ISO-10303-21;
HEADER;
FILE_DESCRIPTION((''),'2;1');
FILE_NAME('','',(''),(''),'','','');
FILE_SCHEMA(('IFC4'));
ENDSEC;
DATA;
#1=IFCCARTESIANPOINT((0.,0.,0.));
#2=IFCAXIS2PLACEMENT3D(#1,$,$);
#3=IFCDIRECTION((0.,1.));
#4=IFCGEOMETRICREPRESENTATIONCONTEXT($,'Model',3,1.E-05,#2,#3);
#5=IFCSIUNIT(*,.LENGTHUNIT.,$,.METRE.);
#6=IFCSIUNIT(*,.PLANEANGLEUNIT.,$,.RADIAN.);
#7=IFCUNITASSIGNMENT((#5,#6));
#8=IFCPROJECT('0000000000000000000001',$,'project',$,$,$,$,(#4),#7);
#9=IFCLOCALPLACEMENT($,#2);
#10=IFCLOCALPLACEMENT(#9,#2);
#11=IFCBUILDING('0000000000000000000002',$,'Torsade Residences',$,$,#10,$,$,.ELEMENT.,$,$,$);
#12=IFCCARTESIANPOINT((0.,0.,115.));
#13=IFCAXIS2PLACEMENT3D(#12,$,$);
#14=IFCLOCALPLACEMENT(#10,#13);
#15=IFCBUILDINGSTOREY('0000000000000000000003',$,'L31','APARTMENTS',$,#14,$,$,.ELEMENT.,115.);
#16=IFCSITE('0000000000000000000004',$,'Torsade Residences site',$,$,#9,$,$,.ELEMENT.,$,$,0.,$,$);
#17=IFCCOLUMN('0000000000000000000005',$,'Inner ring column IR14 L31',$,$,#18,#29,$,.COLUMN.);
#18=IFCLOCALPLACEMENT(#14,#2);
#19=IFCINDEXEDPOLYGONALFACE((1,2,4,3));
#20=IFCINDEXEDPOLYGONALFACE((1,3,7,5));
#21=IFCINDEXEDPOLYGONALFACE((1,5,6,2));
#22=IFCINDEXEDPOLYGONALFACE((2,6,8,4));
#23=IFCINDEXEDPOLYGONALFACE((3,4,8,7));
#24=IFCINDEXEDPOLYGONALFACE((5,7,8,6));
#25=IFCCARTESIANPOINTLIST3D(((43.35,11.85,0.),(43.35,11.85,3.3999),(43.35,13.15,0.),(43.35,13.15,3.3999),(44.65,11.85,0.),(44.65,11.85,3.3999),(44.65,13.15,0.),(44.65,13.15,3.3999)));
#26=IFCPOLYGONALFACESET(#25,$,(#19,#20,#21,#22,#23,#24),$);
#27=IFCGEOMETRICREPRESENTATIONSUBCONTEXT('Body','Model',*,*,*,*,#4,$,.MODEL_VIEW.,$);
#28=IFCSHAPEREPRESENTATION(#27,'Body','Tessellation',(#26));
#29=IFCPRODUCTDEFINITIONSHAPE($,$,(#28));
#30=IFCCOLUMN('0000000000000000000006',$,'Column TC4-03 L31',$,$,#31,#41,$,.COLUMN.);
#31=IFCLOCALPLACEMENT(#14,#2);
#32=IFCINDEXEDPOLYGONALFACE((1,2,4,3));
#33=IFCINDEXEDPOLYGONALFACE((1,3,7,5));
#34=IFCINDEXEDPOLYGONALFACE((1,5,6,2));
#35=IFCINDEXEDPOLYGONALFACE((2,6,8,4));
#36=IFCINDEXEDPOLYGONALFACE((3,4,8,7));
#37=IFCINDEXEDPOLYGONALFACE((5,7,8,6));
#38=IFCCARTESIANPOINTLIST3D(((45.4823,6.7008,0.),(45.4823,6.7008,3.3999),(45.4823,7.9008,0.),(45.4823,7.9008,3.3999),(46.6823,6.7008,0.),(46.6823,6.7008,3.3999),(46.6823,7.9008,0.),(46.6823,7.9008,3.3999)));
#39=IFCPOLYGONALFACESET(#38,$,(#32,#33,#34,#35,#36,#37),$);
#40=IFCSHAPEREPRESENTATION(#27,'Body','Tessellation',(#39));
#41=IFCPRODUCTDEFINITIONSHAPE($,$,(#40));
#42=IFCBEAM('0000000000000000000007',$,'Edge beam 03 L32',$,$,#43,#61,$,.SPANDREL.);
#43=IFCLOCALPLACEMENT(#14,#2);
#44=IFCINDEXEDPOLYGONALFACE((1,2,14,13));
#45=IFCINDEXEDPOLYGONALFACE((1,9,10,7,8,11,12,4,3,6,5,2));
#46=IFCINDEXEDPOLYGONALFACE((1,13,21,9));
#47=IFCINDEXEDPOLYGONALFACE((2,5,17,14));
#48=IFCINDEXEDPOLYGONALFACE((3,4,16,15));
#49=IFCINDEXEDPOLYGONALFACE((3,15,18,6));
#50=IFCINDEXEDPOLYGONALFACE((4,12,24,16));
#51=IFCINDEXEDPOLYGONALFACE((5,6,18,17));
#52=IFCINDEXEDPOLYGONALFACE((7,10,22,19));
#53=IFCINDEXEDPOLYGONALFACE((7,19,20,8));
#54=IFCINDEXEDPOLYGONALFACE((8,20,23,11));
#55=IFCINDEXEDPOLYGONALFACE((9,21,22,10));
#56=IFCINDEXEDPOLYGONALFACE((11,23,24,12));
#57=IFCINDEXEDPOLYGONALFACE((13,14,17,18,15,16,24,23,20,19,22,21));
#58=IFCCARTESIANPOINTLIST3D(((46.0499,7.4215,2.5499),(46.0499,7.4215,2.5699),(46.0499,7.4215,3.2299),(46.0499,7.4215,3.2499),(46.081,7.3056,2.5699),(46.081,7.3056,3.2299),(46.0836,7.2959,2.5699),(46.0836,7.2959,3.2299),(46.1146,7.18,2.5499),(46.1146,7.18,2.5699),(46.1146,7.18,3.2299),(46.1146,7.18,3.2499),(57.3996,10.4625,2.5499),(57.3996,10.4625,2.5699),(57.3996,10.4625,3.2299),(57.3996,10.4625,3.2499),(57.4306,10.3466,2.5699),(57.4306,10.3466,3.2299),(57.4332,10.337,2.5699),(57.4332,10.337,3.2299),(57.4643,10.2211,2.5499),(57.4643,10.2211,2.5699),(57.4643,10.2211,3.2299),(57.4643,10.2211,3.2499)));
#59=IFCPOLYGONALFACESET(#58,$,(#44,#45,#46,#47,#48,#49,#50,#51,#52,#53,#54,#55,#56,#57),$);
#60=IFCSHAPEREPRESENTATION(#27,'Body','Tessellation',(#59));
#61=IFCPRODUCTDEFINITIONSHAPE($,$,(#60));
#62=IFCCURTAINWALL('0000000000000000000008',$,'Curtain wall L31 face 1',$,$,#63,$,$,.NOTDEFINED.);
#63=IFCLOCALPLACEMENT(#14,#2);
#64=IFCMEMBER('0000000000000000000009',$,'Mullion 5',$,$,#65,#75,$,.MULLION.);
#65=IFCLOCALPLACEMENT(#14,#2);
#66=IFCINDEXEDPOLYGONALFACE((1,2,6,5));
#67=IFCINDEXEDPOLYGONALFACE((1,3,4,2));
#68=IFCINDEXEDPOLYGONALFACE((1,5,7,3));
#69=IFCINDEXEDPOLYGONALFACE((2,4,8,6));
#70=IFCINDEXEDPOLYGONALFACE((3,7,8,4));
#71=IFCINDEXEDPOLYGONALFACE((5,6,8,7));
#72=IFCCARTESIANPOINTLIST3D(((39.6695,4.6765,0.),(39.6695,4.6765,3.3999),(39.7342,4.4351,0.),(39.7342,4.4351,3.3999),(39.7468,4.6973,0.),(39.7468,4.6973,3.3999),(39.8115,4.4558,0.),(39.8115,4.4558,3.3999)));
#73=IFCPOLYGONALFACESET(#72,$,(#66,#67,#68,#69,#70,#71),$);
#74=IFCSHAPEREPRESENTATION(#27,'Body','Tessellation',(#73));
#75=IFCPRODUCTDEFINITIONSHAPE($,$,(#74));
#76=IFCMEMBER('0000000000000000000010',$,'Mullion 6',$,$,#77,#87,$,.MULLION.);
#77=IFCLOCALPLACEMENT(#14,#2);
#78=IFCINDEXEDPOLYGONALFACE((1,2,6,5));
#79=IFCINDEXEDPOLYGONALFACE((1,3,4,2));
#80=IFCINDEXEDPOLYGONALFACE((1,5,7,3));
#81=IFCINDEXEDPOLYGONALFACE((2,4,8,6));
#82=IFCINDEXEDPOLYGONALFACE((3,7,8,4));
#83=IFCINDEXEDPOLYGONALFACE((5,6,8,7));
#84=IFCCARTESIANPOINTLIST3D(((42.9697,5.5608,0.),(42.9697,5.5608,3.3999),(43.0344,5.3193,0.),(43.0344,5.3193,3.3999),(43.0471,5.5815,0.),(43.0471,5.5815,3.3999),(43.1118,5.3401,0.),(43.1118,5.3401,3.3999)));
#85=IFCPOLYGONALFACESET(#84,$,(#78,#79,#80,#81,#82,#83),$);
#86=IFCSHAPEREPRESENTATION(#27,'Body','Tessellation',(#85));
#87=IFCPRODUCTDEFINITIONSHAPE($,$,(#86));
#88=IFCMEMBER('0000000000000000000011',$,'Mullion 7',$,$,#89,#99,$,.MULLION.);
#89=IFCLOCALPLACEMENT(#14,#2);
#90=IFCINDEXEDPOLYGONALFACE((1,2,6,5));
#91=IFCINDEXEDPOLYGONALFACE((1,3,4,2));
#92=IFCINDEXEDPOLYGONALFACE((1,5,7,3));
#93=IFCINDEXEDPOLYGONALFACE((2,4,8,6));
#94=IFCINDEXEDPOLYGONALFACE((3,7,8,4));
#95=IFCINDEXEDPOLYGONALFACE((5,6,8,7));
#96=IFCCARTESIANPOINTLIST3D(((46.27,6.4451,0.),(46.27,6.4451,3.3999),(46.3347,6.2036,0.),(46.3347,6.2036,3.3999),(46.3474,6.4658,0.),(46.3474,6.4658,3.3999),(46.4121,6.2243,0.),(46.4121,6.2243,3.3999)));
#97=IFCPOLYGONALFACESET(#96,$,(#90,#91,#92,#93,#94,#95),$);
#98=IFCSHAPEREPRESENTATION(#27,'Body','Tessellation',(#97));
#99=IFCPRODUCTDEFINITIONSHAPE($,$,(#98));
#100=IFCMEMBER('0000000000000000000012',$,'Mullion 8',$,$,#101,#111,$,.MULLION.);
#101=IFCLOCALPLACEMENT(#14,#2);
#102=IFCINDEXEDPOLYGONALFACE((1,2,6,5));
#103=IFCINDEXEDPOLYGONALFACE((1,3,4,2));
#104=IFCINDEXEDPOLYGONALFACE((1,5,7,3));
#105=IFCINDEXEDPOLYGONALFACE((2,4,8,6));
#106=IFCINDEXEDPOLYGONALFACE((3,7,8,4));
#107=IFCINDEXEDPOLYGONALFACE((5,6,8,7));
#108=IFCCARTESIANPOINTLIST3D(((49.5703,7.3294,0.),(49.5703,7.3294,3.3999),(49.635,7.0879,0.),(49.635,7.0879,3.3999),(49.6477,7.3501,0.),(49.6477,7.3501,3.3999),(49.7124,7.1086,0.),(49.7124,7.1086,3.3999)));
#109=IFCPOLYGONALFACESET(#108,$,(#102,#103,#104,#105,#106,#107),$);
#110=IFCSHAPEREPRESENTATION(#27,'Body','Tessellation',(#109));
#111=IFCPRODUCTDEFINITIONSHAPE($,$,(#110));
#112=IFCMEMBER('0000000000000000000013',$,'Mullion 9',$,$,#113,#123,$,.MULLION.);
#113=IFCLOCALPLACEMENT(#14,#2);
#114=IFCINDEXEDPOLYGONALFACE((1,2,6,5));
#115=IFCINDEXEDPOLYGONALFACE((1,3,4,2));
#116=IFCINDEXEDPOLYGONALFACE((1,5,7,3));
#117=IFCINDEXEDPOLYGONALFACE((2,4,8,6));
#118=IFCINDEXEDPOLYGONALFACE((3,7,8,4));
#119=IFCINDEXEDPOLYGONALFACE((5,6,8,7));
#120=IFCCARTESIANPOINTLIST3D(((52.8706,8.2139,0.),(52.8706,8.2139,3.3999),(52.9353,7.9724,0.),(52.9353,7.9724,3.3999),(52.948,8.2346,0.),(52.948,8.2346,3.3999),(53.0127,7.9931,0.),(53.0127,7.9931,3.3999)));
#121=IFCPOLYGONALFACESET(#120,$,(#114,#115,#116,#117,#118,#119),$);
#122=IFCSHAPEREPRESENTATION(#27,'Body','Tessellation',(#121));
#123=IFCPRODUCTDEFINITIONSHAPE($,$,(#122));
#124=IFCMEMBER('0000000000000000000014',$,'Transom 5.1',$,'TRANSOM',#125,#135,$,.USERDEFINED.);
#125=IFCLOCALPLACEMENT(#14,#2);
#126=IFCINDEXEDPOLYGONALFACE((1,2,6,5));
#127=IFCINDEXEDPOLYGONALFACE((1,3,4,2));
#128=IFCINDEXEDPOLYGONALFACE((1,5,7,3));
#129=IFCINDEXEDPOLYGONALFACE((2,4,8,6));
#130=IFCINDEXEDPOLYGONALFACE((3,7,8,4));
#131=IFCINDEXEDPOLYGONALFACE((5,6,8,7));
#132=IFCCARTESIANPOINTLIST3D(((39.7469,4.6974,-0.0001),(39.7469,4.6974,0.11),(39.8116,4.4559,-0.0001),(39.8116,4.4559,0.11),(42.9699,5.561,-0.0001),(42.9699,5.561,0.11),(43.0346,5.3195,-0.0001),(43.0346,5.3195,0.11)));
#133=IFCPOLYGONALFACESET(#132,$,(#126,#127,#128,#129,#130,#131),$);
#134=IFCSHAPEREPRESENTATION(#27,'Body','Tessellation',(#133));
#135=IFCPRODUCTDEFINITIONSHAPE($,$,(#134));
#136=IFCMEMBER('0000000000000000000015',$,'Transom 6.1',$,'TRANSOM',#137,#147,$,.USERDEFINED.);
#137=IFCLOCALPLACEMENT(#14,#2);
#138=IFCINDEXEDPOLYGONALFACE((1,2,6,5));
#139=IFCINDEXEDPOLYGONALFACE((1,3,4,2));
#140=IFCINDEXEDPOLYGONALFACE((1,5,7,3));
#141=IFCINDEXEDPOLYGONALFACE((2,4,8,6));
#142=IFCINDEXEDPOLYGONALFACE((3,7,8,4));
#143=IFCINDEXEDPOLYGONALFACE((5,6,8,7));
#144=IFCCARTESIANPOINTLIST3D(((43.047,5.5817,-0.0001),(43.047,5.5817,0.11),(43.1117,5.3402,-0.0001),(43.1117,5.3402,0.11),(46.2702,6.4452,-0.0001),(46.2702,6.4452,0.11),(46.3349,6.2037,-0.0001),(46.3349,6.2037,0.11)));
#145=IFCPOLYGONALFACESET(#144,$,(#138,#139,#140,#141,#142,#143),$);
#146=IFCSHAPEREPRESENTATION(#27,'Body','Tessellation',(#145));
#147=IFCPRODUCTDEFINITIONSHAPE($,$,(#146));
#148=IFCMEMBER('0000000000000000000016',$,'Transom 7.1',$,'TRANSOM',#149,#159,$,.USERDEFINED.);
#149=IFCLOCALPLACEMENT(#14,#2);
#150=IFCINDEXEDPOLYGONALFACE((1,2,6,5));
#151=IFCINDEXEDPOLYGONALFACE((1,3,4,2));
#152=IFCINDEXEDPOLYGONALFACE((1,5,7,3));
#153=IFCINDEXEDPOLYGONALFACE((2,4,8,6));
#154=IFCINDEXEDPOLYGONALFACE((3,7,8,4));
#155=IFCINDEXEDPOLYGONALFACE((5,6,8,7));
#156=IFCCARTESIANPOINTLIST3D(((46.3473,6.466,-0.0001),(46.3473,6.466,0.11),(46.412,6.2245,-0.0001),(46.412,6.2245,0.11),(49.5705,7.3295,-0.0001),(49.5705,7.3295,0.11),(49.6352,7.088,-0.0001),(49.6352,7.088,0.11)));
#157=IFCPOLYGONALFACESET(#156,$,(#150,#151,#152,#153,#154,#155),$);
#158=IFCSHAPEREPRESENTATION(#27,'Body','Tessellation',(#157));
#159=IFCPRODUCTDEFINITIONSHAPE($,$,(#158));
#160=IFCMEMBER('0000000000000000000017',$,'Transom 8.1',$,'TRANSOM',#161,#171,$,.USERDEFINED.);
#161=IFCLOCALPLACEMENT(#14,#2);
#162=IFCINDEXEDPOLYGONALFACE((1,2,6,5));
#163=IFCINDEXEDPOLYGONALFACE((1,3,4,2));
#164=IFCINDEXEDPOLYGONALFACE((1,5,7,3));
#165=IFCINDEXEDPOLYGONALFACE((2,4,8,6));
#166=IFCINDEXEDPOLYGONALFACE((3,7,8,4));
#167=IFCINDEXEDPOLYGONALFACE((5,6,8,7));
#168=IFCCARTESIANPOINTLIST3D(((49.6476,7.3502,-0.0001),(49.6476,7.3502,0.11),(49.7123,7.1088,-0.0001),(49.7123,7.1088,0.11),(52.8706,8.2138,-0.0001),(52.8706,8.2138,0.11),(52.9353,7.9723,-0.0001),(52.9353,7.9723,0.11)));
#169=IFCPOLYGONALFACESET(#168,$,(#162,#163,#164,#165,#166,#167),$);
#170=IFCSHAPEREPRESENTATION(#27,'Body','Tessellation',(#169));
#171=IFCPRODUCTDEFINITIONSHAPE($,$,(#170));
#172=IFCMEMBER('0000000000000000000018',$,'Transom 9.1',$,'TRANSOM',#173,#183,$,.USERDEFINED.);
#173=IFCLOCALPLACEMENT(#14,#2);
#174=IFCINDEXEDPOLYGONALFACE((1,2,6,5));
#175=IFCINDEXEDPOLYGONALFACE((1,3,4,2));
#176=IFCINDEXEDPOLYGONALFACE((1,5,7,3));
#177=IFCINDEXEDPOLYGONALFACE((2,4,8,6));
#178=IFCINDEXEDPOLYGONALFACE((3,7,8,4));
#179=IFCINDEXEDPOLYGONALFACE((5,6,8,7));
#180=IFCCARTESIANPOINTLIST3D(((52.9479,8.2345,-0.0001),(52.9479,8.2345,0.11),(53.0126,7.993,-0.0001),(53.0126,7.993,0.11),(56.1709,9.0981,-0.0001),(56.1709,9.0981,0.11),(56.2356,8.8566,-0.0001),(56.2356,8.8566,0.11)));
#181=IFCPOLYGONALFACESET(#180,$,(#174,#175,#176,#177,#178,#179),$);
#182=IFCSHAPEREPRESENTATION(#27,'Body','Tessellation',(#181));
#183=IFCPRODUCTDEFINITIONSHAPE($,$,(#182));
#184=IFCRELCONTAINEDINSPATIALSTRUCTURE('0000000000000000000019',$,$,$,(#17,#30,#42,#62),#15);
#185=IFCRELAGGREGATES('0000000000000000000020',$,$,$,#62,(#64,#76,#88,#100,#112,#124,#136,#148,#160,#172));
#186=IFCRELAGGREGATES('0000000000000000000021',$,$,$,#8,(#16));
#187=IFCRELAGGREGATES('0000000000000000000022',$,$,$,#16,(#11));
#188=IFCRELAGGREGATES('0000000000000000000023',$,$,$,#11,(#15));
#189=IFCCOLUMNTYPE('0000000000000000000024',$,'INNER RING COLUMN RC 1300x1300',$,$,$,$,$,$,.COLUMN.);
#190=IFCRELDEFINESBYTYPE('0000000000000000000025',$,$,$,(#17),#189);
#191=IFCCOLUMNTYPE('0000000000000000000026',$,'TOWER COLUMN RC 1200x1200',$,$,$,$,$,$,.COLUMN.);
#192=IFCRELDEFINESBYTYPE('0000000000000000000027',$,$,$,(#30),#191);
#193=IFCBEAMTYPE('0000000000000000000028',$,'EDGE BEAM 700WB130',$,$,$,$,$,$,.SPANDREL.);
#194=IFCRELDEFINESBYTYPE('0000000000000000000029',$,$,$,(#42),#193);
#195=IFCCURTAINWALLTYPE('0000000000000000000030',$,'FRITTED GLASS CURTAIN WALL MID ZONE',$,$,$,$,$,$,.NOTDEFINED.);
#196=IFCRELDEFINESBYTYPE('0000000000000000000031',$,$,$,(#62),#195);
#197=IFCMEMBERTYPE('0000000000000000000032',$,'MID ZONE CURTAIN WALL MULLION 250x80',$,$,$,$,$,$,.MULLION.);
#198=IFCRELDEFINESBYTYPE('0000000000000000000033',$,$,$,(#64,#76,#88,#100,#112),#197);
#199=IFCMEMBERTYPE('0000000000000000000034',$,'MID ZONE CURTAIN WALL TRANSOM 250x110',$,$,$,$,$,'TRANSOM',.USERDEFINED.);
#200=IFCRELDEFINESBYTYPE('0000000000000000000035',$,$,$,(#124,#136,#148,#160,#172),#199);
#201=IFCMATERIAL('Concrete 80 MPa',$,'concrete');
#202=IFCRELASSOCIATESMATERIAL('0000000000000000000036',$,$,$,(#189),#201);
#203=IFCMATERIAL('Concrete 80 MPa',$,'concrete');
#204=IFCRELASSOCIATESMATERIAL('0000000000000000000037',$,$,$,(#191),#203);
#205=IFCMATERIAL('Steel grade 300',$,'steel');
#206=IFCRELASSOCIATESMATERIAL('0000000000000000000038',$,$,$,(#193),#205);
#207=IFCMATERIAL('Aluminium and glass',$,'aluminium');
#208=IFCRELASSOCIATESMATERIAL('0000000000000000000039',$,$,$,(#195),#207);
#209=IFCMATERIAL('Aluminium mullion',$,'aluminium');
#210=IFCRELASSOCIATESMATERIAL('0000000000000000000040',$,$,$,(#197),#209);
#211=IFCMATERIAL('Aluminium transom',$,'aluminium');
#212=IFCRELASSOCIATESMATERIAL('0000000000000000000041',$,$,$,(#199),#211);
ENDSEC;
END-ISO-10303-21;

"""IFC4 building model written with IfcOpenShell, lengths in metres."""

from ifc_helpers import new_model, si_unit, direction, frame, origin, origin_2d, place, context, subcontext, project, spatial, rectangle, i_section, extrude, material, material_profile, profile_set, type_object, element, aggregate, save


model = new_model("IFC4")

# Units and contexts
model_context = context("Model", 3, precision=1e-05, world=origin(), true_north=direction((0.0, 1.0)))
body_context = subcontext(model_context, "Body", "Model", "MODEL_VIEW")
ifc_project = project(units=[si_unit("LENGTHUNIT", "METRE"), si_unit("PLANEANGLEUNIT", "RADIAN")], contexts=[model_context])

# Site, building, storey
site_placement = place(None, origin())
site = spatial("IfcSite", under=ifc_project, at=site_placement, Name="Torsade Residences site", CompositionType="ELEMENT", RefElevation=0.0)
building_placement = place(site_placement, origin())
building = spatial("IfcBuilding", under=site, at=building_placement, Name="Torsade Residences", CompositionType="ELEMENT")
storey_placement = place(building_placement, frame((0.0, 0.0, 115.0)))
storey = spatial("IfcBuildingStorey", under=building, at=storey_placement, Name="L31", Description="APARTMENTS", CompositionType="ELEMENT", Elevation=115.0)

# Columns
ifc_material_1 = material(Name="Concrete 80 MPa", Category="concrete")
ifc_material_profile_1 = material_profile(ifc_material_1, rectangle(XDim=1.3, YDim=1.3, at=origin_2d()), Name="RC 1300x1300")
ifc_profile_set_1 = profile_set([ifc_material_profile_1], Name="Concrete 80 MPa")
column_type_1 = type_object("IfcColumnType", Name="INNER RING COLUMN RC 1300x1300", PredefinedType="COLUMN", material=ifc_profile_set_1)
column_1_placement = place(storey_placement, frame((44.0, 12.5, 0.0), z_axis=(0.0, 0.0, 1.0), x_axis=(1.0, 0.0, 0.0)))
element("IfcColumn", 1, at=column_1_placement, inside=storey, type_object=column_type_1, Name="Inner ring column IR14 L31", PredefinedType="COLUMN", context=body_context, shape_type="SweptSolid", body=[
    extrude(rectangle(XDim=1.3, YDim=1.3, at=origin_2d()), origin(), (0.0, 0.0, 1.0), 3.3999),
])
ifc_material_2 = material(Name="Concrete 80 MPa", Category="concrete")
ifc_material_profile_2 = material_profile(ifc_material_2, rectangle(XDim=1.2, YDim=1.2, at=origin_2d()), Name="RC 1200x1200")
ifc_profile_set_2 = profile_set([ifc_material_profile_2], Name="Concrete 80 MPa")
column_type_2 = type_object("IfcColumnType", Name="TOWER COLUMN RC 1200x1200", PredefinedType="COLUMN", material=ifc_profile_set_2)
column_2_placement = place(storey_placement, frame((46.0823, 7.3008, 0.0), z_axis=(0.0, 0.0, 1.0), x_axis=(1.0, 0.0, 0.0)))
element("IfcColumn", 2, at=column_2_placement, inside=storey, type_object=column_type_2, Name="Column TC4-03 L31", PredefinedType="COLUMN", context=body_context, shape_type="SweptSolid", body=[
    extrude(rectangle(XDim=1.2, YDim=1.2, at=origin_2d()), origin(), (0.0, 0.0, 1.0), 3.3999),
])

# Beam
ifc_material_3 = material(Name="Steel grade 300", Category="steel")
ifc_material_profile_3 = material_profile(ifc_material_3, i_section(OverallWidth=0.25, OverallDepth=0.7, WebThickness=0.01, FlangeThickness=0.02, at=origin_2d()), Name="700WB130")
ifc_profile_set_3 = profile_set([ifc_material_profile_3], Name="Steel grade 300")
beam_type_1 = type_object("IfcBeamType", Name="EDGE BEAM 700WB130", PredefinedType="SPANDREL", material=ifc_profile_set_3)
beam_1_placement = place(storey_placement, frame((46.0823, 7.3008, 2.8999), z_axis=(0.965928, 0.258811, 0.0), x_axis=(-0.258811, 0.965928, 0.0)))
element("IfcBeam", 3, at=beam_1_placement, inside=storey, type_object=beam_type_1, Name="Edge beam 03 L32", PredefinedType="SPANDREL", context=body_context, shape_type="SweptSolid", body=[
    extrude(i_section(OverallWidth=0.25, OverallDepth=0.7, WebThickness=0.01, FlangeThickness=0.02, at=origin_2d()), origin(), (0.0, 0.0, 1.0), 11.75),
])

# Curtain wall, members
ifc_material_4 = material(Name="Aluminium and glass", Category="aluminium")
curtain_wall_type = type_object("IfcCurtainWallType", Name="FRITTED GLASS CURTAIN WALL MID ZONE", PredefinedType="NOTDEFINED", material=ifc_material_4)
curtain_wall_placement = place(storey_placement, origin())
curtain_wall = element("IfcCurtainWall", 4, at=curtain_wall_placement, inside=storey, type_object=curtain_wall_type, Name="Curtain wall L31 face 1", PredefinedType="NOTDEFINED")
ifc_material_5 = material(Name="Aluminium mullion", Category="aluminium")
ifc_material_profile_4 = material_profile(ifc_material_5, rectangle(XDim=0.25, YDim=0.0801, at=origin_2d()), Name="MID ZONE CURTAIN WALL MULLION 250x80")
ifc_profile_set_4 = profile_set([ifc_material_profile_4], Name="Aluminium mullion")
member_type_1 = type_object("IfcMemberType", Name="MID ZONE CURTAIN WALL MULLION 250x80", PredefinedType="MULLION", material=ifc_profile_set_4)
member_1_placement = place(storey_placement, frame((39.7405, 4.5662, 0.0), z_axis=(0.0, 0.0, 1.0), x_axis=(-0.258819, 0.965926, 0.0)))
member_1 = element("IfcMember", 5, at=member_1_placement, type_object=member_type_1, Name="Mullion 5", PredefinedType="MULLION", context=body_context, shape_type="SweptSolid", body=[
    extrude(rectangle(XDim=0.25, YDim=0.0801, at=origin_2d()), origin(), (0.0, 0.0, 1.0), 3.3999),
])
member_2_placement = place(storey_placement, frame((43.0408, 5.4504, 0.0), z_axis=(0.0, 0.0, 1.0), x_axis=(-0.258819, 0.965926, 0.0)))
member_2 = element("IfcMember", 6, at=member_2_placement, type_object=member_type_1, Name="Mullion 6", PredefinedType="MULLION", context=body_context, shape_type="SweptSolid", body=[
    extrude(rectangle(XDim=0.25, YDim=0.0801, at=origin_2d()), origin(), (0.0, 0.0, 1.0), 3.3999),
])
member_3_placement = place(storey_placement, frame((46.3411, 6.3347, 0.0), z_axis=(0.0, 0.0, 1.0), x_axis=(-0.258819, 0.965926, 0.0)))
member_3 = element("IfcMember", 7, at=member_3_placement, type_object=member_type_1, Name="Mullion 7", PredefinedType="MULLION", context=body_context, shape_type="SweptSolid", body=[
    extrude(rectangle(XDim=0.25, YDim=0.0801, at=origin_2d()), origin(), (0.0, 0.0, 1.0), 3.3999),
])
member_4_placement = place(storey_placement, frame((49.6414, 7.219, 0.0), z_axis=(0.0, 0.0, 1.0), x_axis=(-0.258819, 0.965926, 0.0)))
member_4 = element("IfcMember", 8, at=member_4_placement, type_object=member_type_1, Name="Mullion 8", PredefinedType="MULLION", context=body_context, shape_type="SweptSolid", body=[
    extrude(rectangle(XDim=0.25, YDim=0.0801, at=origin_2d()), origin(), (0.0, 0.0, 1.0), 3.3999),
])
member_5_placement = place(storey_placement, frame((52.9417, 8.1035, 0.0), z_axis=(0.0, 0.0, 1.0), x_axis=(-0.258819, 0.965926, 0.0)))
member_5 = element("IfcMember", 9, at=member_5_placement, type_object=member_type_1, Name="Mullion 9", PredefinedType="MULLION", context=body_context, shape_type="SweptSolid", body=[
    extrude(rectangle(XDim=0.25, YDim=0.0801, at=origin_2d()), origin(), (0.0, 0.0, 1.0), 3.3999),
])
ifc_material_6 = material(Name="Aluminium transom", Category="aluminium")
ifc_material_profile_5 = material_profile(ifc_material_6, rectangle(XDim=0.25, YDim=0.1101, at=origin_2d()), Name="MID ZONE CURTAIN WALL TRANSOM 250x110")
ifc_profile_set_5 = profile_set([ifc_material_profile_5], Name="Aluminium transom")
member_type_2 = type_object("IfcMemberType", Name="MID ZONE CURTAIN WALL TRANSOM 250x110", ElementType="TRANSOM", PredefinedType="USERDEFINED", material=ifc_profile_set_5)
member_6_placement = place(storey_placement, frame((39.7793, 4.5767, 0.0549), z_axis=(0.965929, 0.258806, 0.0), x_axis=(-0.258806, 0.965929, 0.0)))
member_6 = element("IfcMember", 10, at=member_6_placement, type_object=member_type_2, Name="Transom 5.1", ObjectType="TRANSOM", PredefinedType="USERDEFINED", context=body_context, shape_type="SweptSolid", body=[
    extrude(rectangle(XDim=0.25, YDim=0.1101, at=origin_2d()), origin(), (0.0, 0.0, 1.0), 3.3367),
])
member_7_placement = place(storey_placement, frame((43.0793, 5.4609, 0.0549), z_axis=(0.965934, 0.258787, 0.0), x_axis=(-0.258787, 0.965934, 0.0)))
member_7 = element("IfcMember", 11, at=member_7_placement, type_object=member_type_2, Name="Transom 6.1", ObjectType="TRANSOM", PredefinedType="USERDEFINED", context=body_context, shape_type="SweptSolid", body=[
    extrude(rectangle(XDim=0.25, YDim=0.1101, at=origin_2d()), origin(), (0.0, 0.0, 1.0), 3.3369),
])
member_8_placement = place(storey_placement, frame((46.3796, 6.3452, 0.0549), z_axis=(0.965934, 0.258787, 0.0), x_axis=(-0.258787, 0.965934, 0.0)))
member_8 = element("IfcMember", 12, at=member_8_placement, type_object=member_type_2, Name="Transom 7.1", ObjectType="TRANSOM", PredefinedType="USERDEFINED", context=body_context, shape_type="SweptSolid", body=[
    extrude(rectangle(XDim=0.25, YDim=0.1101, at=origin_2d()), origin(), (0.0, 0.0, 1.0), 3.3369),
])
member_9_placement = place(storey_placement, frame((49.6799, 7.2295, 0.0549), z_axis=(0.965929, 0.258806, 0.0), x_axis=(-0.258806, 0.965929, 0.0)))
member_9 = element("IfcMember", 13, at=member_9_placement, type_object=member_type_2, Name="Transom 8.1", ObjectType="TRANSOM", PredefinedType="USERDEFINED", context=body_context, shape_type="SweptSolid", body=[
    extrude(rectangle(XDim=0.25, YDim=0.1101, at=origin_2d()), origin(), (0.0, 0.0, 1.0), 3.3367),
])
member_10_placement = place(storey_placement, frame((52.9802, 8.1138, 0.0549), z_axis=(0.965929, 0.258806, 0.0), x_axis=(-0.258806, 0.965929, 0.0)))
member_10 = element("IfcMember", 14, at=member_10_placement, type_object=member_type_2, Name="Transom 9.1", ObjectType="TRANSOM", PredefinedType="USERDEFINED", context=body_context, shape_type="SweptSolid", body=[
    extrude(rectangle(XDim=0.25, YDim=0.1101, at=origin_2d()), origin(), (0.0, 0.0, 1.0), 3.3367),
])

aggregate(curtain_wall, [member_1, member_2, member_3, member_4, member_5, member_6, member_7, member_8, member_9, member_10])

save(model, "model.ifc")
